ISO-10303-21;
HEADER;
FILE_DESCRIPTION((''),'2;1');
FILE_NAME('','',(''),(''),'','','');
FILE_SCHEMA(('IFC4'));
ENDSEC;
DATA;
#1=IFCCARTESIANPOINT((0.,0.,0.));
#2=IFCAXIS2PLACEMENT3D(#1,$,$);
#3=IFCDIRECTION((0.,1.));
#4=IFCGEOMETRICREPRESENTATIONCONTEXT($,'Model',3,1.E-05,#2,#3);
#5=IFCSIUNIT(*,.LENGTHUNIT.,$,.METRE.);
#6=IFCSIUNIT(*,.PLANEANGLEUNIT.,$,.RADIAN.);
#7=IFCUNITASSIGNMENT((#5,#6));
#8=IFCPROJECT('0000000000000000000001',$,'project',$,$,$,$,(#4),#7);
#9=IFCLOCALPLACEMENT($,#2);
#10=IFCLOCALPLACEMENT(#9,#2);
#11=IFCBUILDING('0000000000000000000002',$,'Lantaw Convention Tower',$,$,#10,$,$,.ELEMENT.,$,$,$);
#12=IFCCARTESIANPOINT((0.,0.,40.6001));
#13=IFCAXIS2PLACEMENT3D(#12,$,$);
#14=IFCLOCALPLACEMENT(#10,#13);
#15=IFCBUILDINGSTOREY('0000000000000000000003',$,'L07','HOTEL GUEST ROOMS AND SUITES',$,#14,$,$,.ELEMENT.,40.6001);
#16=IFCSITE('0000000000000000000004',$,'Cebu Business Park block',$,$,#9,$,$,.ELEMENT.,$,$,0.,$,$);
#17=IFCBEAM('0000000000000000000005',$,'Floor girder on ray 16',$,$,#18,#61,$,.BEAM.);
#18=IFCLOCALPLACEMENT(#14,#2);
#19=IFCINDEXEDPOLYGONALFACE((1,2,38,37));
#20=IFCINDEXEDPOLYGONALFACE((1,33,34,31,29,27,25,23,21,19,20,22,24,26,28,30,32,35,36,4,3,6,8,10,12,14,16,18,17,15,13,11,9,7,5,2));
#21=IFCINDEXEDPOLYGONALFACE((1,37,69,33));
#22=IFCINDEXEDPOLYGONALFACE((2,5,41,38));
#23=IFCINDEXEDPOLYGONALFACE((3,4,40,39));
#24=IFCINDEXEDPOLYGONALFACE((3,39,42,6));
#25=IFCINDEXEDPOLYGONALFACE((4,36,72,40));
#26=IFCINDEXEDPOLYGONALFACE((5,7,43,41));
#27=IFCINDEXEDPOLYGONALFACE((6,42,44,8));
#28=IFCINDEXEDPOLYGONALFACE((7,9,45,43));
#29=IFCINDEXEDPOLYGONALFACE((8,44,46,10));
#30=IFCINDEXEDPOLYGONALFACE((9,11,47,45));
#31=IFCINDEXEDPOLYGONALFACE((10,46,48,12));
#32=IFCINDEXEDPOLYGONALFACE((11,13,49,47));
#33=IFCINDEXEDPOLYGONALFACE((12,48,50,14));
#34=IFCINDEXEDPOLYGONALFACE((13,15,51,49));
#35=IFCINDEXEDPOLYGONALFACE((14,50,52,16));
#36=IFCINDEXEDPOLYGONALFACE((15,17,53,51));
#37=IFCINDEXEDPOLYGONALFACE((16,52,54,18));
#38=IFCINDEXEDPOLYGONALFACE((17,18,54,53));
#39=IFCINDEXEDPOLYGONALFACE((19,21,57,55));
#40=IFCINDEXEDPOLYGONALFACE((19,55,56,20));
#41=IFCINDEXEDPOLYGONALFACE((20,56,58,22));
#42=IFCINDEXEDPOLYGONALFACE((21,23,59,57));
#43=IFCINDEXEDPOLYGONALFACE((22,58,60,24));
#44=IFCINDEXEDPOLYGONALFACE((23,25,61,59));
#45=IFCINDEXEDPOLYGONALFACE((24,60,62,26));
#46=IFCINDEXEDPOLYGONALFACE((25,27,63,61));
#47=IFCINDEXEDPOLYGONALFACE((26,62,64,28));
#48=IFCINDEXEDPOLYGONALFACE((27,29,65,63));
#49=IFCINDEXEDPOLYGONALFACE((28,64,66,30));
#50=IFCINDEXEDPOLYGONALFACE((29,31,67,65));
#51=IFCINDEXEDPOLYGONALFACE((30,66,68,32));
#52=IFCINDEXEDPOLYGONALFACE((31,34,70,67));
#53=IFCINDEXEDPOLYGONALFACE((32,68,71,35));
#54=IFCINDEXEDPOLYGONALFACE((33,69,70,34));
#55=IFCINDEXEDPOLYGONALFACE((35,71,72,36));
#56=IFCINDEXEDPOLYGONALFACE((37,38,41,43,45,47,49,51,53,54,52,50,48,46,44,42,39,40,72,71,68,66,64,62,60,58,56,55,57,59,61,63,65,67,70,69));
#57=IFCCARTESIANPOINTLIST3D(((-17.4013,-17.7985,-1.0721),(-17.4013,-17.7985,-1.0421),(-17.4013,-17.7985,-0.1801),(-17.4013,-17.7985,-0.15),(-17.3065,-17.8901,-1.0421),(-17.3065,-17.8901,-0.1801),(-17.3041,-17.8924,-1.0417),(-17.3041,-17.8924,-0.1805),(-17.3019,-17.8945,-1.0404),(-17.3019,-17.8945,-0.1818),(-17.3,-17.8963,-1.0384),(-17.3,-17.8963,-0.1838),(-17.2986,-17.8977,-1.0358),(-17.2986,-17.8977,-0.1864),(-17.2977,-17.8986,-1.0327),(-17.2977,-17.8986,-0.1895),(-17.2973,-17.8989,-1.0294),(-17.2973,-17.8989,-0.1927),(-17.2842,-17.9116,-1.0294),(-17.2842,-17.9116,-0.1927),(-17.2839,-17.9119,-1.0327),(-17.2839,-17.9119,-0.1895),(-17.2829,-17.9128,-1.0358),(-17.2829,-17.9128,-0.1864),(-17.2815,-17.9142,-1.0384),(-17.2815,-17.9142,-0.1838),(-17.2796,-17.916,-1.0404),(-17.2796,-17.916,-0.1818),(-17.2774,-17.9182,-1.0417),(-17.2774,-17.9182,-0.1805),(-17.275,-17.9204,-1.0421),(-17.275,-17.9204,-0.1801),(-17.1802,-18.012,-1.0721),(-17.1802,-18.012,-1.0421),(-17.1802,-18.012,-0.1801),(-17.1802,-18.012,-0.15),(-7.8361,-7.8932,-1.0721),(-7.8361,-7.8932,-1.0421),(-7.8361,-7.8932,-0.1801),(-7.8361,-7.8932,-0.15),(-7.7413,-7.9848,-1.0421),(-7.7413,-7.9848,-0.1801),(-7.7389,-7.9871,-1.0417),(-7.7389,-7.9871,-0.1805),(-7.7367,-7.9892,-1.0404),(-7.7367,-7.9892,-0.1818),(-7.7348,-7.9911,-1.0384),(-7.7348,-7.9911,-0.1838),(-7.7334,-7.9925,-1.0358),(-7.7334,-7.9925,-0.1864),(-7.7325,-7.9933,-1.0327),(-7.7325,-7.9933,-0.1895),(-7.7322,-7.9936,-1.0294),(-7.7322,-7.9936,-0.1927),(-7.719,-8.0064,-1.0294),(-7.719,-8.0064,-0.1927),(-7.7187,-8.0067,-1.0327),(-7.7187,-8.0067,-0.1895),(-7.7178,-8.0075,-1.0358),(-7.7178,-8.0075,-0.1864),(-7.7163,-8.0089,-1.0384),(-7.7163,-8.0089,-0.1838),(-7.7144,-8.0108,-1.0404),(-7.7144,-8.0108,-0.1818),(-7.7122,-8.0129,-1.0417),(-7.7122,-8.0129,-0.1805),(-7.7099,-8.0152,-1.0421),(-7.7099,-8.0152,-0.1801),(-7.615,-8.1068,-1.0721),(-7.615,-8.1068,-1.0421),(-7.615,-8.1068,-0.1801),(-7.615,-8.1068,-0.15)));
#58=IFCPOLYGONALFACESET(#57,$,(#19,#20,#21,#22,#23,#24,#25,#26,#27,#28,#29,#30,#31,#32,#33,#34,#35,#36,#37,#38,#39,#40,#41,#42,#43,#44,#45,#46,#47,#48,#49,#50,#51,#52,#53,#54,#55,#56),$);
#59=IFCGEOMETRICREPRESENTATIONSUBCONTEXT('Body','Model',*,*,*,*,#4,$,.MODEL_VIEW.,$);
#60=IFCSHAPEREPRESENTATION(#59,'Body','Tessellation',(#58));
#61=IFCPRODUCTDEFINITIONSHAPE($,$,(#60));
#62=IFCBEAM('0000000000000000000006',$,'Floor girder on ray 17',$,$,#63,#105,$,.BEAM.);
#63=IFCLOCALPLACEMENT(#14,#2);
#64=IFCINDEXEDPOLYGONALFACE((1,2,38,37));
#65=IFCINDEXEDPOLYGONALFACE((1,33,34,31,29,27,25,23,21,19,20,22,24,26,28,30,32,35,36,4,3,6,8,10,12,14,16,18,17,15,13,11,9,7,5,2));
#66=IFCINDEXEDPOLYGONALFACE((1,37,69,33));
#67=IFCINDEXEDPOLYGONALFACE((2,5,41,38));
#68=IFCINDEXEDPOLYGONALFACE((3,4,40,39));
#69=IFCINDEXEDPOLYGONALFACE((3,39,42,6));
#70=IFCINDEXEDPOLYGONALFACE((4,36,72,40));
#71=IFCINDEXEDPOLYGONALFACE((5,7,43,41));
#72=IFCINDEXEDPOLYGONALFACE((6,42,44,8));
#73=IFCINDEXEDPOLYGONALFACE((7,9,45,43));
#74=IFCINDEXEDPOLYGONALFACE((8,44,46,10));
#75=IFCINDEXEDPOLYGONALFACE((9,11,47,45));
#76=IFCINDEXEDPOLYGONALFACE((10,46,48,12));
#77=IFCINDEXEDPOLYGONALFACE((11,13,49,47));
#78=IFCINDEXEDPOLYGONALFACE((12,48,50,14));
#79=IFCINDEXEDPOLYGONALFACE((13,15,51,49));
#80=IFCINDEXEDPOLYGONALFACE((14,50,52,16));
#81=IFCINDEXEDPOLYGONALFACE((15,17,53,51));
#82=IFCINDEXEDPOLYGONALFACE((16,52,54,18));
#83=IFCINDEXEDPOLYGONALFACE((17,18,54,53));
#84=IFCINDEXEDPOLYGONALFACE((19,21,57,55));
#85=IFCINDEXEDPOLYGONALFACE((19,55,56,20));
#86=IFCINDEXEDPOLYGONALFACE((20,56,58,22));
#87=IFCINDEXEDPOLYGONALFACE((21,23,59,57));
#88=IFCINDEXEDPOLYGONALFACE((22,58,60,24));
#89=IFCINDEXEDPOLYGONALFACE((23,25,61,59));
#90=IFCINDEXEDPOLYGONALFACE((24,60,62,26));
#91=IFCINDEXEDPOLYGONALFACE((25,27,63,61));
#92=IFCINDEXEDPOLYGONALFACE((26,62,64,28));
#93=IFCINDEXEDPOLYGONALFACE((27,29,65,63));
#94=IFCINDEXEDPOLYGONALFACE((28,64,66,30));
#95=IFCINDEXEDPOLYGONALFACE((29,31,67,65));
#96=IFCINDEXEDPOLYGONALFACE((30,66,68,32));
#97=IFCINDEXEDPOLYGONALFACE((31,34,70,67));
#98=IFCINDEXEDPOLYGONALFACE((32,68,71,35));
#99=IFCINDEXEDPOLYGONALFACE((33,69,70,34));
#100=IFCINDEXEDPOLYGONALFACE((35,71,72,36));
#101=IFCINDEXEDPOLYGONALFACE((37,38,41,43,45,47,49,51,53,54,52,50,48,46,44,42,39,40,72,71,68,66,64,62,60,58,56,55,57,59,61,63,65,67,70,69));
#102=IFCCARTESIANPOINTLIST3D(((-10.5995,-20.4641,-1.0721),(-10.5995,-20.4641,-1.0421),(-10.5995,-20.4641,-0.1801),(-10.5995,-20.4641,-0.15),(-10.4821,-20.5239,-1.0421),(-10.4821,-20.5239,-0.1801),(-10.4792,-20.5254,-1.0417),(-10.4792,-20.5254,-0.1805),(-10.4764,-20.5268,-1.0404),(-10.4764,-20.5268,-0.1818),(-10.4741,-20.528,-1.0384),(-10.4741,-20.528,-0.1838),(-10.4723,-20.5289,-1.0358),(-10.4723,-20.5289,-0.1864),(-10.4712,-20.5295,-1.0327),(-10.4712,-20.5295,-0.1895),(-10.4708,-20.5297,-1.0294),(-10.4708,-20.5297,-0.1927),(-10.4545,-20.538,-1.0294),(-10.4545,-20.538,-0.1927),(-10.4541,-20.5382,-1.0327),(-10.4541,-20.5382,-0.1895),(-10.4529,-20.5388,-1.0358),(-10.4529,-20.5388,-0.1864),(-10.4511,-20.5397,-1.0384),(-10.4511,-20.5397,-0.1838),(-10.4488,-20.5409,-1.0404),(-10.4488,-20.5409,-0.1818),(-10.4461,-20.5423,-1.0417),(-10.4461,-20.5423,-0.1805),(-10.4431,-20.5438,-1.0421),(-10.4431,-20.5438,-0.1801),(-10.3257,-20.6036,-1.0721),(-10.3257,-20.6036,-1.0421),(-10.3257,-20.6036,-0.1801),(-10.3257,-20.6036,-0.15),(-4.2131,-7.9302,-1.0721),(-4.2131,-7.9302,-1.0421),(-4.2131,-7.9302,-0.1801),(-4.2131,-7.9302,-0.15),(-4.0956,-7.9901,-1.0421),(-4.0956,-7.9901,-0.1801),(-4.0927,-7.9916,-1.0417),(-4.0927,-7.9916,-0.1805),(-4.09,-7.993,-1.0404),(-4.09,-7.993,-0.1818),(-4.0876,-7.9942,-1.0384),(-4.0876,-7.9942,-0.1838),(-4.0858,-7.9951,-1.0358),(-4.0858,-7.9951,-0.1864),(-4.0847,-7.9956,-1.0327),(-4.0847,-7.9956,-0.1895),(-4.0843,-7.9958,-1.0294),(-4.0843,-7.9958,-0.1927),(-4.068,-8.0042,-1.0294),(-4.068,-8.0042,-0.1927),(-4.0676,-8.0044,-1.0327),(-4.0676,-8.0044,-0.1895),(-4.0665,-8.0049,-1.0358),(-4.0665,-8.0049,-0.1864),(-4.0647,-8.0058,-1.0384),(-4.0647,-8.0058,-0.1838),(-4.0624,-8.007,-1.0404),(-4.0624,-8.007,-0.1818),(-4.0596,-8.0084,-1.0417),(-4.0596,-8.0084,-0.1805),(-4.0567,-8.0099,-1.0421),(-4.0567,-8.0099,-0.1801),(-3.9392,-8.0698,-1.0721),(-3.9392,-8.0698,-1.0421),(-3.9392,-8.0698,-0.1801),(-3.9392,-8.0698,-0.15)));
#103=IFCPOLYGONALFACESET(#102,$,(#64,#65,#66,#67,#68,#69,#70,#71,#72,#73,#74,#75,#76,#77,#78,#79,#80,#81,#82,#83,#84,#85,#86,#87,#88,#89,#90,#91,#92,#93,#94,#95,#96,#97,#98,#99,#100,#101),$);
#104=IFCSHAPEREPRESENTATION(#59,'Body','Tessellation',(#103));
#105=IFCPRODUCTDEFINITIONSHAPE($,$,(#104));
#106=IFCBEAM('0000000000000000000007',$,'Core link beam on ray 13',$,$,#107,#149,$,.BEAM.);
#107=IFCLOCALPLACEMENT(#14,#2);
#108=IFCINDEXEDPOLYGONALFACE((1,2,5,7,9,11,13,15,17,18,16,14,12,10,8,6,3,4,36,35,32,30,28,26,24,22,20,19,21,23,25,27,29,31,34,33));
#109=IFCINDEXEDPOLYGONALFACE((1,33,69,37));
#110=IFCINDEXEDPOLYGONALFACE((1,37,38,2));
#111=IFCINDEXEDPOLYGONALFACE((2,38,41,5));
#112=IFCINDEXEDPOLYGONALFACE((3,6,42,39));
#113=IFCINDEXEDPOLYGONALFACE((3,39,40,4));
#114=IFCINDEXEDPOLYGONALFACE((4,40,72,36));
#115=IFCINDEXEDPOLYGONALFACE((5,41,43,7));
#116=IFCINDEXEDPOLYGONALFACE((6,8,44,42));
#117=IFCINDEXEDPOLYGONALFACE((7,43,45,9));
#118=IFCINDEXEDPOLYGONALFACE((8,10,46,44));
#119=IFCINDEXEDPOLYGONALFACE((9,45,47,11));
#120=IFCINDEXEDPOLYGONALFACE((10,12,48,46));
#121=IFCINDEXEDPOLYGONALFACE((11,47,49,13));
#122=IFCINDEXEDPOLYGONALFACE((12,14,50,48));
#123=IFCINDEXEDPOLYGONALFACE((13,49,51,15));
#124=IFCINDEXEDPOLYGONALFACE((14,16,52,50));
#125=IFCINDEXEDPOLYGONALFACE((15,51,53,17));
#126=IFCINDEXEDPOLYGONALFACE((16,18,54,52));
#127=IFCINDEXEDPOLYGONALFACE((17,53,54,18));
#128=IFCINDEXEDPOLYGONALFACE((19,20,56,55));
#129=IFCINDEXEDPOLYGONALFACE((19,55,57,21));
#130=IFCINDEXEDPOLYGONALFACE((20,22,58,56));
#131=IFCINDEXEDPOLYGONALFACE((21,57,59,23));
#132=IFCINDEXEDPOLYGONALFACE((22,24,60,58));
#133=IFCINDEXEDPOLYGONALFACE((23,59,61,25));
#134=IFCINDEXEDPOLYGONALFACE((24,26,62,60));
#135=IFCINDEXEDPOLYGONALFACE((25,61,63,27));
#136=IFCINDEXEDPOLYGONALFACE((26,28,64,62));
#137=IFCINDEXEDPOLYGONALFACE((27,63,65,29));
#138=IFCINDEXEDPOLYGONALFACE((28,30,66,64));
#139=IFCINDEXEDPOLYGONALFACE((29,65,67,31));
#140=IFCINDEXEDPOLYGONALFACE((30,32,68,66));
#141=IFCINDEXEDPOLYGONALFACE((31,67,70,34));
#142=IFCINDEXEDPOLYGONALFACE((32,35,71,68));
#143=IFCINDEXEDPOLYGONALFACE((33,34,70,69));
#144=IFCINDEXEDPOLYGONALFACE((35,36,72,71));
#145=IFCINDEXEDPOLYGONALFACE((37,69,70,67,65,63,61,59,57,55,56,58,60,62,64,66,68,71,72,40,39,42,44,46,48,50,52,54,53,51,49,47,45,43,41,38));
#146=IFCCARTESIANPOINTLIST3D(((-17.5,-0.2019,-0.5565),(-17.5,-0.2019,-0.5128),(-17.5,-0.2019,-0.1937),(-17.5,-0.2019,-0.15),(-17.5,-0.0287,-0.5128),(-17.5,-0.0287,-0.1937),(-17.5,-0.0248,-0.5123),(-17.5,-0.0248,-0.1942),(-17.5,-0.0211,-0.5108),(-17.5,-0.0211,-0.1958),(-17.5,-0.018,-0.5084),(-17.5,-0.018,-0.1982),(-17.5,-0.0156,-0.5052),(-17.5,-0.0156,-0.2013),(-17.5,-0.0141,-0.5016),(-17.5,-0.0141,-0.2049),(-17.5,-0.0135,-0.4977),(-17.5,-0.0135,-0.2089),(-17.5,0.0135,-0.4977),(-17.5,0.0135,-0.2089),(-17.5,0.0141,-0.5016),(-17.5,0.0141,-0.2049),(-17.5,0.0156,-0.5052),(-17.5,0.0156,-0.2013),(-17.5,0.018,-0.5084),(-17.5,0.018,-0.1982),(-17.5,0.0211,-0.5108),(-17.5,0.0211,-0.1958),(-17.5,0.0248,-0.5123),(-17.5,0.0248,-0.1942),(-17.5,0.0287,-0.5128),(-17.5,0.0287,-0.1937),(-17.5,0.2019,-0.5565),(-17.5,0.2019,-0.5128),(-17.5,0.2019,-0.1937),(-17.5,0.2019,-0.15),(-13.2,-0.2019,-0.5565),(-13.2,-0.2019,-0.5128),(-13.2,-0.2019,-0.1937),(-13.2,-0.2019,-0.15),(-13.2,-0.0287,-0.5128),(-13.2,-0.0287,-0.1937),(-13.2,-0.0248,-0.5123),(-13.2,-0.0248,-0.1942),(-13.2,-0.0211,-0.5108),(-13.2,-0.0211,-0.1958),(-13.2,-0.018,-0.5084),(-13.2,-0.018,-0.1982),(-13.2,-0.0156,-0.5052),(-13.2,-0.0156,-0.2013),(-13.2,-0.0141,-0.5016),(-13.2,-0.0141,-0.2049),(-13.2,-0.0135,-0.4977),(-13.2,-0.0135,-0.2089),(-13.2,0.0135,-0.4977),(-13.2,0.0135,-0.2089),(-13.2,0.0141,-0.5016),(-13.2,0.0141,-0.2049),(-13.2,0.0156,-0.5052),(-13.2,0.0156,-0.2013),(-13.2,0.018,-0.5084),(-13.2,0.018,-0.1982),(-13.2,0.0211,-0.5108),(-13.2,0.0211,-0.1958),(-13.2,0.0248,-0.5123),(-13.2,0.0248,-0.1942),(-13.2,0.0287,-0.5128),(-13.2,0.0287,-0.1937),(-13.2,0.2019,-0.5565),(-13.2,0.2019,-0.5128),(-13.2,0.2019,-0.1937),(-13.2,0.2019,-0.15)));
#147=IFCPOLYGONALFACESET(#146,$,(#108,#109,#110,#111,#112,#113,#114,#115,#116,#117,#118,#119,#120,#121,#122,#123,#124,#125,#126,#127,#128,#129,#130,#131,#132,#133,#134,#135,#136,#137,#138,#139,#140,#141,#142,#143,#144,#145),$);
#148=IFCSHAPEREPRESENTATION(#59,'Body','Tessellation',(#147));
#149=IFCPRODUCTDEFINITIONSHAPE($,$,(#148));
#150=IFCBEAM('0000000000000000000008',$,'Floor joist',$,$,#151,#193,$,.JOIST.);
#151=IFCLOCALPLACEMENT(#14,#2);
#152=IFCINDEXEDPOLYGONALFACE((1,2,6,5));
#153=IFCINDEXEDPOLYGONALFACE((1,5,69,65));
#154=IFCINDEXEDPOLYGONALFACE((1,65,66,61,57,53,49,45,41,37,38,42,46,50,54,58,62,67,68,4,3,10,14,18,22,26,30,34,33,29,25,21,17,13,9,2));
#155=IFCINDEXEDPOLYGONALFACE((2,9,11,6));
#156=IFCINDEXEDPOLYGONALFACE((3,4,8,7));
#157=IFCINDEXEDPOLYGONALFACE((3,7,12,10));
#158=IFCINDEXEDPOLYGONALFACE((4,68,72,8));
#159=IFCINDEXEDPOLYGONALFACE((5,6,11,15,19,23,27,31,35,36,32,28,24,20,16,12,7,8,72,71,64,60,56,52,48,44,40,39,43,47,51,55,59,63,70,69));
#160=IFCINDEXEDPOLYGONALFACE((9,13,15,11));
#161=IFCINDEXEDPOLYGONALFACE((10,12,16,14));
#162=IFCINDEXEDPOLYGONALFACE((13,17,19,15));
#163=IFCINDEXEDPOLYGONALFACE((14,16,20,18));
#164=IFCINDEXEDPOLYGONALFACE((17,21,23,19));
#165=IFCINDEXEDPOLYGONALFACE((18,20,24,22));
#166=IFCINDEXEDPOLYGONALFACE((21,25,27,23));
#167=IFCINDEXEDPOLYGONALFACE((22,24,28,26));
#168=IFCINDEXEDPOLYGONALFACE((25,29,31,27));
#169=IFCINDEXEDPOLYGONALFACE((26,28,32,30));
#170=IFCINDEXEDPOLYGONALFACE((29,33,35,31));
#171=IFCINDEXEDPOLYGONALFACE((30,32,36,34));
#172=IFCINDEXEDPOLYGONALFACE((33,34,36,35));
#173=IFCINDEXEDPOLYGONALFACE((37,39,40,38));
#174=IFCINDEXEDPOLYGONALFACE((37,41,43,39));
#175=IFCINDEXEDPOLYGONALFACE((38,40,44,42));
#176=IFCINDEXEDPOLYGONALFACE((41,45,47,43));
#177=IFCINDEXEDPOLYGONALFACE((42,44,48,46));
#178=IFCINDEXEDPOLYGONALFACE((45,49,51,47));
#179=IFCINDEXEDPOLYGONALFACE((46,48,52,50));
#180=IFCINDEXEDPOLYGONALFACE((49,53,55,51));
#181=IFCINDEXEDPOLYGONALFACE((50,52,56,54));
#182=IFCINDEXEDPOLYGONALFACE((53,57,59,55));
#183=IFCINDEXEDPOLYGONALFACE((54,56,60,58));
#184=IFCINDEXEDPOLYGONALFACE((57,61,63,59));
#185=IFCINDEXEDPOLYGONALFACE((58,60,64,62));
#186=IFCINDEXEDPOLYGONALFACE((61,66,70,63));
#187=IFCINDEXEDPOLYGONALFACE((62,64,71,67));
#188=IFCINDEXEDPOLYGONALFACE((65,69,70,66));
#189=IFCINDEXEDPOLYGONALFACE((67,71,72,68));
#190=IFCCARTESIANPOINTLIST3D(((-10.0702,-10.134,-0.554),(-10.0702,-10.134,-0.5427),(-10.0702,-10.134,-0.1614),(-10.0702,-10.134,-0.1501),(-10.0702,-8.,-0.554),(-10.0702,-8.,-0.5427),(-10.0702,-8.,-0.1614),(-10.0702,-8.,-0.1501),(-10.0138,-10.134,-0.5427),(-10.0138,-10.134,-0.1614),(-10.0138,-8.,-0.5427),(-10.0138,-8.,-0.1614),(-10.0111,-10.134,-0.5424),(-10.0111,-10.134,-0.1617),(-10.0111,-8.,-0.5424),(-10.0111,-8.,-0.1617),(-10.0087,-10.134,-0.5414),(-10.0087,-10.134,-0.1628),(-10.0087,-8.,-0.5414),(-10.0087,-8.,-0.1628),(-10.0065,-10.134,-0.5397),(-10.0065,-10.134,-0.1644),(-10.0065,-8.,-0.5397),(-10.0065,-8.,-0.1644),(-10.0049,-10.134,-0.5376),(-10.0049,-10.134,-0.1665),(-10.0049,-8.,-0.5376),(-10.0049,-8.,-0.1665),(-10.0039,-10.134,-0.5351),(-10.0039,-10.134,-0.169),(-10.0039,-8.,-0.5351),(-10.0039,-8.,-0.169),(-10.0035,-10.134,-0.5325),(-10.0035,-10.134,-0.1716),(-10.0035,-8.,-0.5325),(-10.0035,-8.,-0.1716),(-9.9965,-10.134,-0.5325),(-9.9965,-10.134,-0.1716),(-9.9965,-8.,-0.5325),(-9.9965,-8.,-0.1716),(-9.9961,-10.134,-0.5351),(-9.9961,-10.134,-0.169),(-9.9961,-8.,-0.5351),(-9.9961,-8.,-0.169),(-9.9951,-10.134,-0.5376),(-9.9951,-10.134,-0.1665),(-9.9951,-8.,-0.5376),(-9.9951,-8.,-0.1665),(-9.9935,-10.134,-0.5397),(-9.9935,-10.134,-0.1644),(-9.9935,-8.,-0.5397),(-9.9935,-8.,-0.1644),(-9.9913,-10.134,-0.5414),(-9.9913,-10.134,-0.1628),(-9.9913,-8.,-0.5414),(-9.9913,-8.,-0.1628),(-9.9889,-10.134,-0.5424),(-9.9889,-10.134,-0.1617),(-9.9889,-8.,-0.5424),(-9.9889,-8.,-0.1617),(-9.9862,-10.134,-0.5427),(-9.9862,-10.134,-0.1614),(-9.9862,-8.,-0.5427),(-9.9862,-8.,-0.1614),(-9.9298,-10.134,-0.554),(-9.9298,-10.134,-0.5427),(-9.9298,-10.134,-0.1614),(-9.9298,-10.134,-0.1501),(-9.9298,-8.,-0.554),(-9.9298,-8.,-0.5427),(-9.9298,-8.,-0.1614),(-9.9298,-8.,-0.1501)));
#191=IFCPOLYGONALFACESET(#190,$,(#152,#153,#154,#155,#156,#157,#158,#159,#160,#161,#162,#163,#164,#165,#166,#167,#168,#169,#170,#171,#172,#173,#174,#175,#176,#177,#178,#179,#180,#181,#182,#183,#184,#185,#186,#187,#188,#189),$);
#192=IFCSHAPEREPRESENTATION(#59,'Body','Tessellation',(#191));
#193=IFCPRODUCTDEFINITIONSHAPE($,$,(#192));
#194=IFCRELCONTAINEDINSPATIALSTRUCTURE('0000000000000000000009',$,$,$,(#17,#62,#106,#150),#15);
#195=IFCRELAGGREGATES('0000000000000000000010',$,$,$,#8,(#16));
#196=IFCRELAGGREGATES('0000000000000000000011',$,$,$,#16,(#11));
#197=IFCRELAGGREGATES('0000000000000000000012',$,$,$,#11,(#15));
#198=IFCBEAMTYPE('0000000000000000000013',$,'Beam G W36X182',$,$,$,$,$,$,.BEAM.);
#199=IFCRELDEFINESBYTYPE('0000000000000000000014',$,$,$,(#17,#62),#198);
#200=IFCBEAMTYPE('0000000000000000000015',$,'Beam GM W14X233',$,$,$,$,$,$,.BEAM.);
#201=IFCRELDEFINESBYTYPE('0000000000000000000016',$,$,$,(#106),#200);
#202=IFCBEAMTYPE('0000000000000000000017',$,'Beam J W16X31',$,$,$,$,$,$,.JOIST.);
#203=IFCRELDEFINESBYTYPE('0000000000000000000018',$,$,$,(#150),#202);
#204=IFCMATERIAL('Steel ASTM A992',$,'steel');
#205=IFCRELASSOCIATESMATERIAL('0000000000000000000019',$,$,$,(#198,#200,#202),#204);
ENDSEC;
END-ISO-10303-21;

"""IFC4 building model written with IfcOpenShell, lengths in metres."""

from ifc_helpers import new_model, si_unit, direction, frame, origin, origin_2d, place, context, subcontext, project, spatial, i_section, extrude, material, material_profile, profile_set, type_object, element, save


model = new_model("IFC4")

# Units and contexts
model_context = context("Model", 3, precision=1e-05, world=origin(), true_north=direction((0.0, 1.0)))
body_context = subcontext(model_context, "Body", "Model", "MODEL_VIEW")
ifc_project = project(units=[si_unit("LENGTHUNIT", "METRE"), si_unit("PLANEANGLEUNIT", "RADIAN")], contexts=[model_context])

# Site, building, storey
site_placement = place(None, origin())
site = spatial("IfcSite", under=ifc_project, at=site_placement, Name="Cebu Business Park block", CompositionType="ELEMENT", RefElevation=0.0)
building_placement = place(site_placement, origin())
building = spatial("IfcBuilding", under=site, at=building_placement, Name="Lantaw Convention Tower", CompositionType="ELEMENT")
storey_placement = place(building_placement, frame((0.0, 0.0, 40.6001)))
storey = spatial("IfcBuildingStorey", under=building, at=storey_placement, Name="L07", Description="HOTEL GUEST ROOMS AND SUITES", CompositionType="ELEMENT", Elevation=40.6001)

# Beams
ifc_material_1 = material(Name="Steel ASTM A992", Category="steel")
ifc_material_profile_1 = material_profile(ifc_material_1, i_section(OverallWidth=0.3074, OverallDepth=0.9221, WebThickness=0.0183, FlangeThickness=0.03, FilletRadius=0.0127, at=origin_2d()), Name="W36X182")
ifc_profile_set_1 = profile_set([ifc_material_profile_1], Name="Steel ASTM A992")
beam_type_1 = type_object("IfcBeamType", Name="Beam G W36X182", PredefinedType="BEAM", material=ifc_profile_set_1)
beam_1_placement = place(storey_placement, frame((-7.7256, -8.0, -0.6111), z_axis=(-0.69465, -0.719348, 0.0), x_axis=(0.719348, -0.69465, 0.0)))
element("IfcBeam", 1, at=beam_1_placement, inside=storey, type_object=beam_type_1, Name="Floor girder on ray 16", PredefinedType="BEAM", context=body_context, shape_type="SweptSolid", body=[
    extrude(i_section(OverallWidth=0.3074, OverallDepth=0.9221, WebThickness=0.0183, FlangeThickness=0.03, FilletRadius=0.0127, at=origin_2d()), origin(), (0.0, 0.0, 1.0), 13.7698),
])
beam_2_placement = place(storey_placement, frame((-4.0762, -8.0, -0.6111), z_axis=(-0.453997, -0.891003, 0.0), x_axis=(0.891003, -0.453997, 0.0)))
element("IfcBeam", 2, at=beam_2_placement, inside=storey, type_object=beam_type_1, Name="Floor girder on ray 17", PredefinedType="BEAM", context=body_context, shape_type="SweptSolid", body=[
    extrude(i_section(OverallWidth=0.3074, OverallDepth=0.9221, WebThickness=0.0183, FlangeThickness=0.03, FilletRadius=0.0127, at=origin_2d()), origin(), (0.0, 0.0, 1.0), 14.0671),
])
ifc_material_profile_2 = material_profile(ifc_material_1, i_section(OverallWidth=0.4038, OverallDepth=0.4065, WebThickness=0.0271, FlangeThickness=0.0437, FilletRadius=0.0151, at=origin_2d()), Name="W14X233")
ifc_profile_set_2 = profile_set([ifc_material_profile_2], Name="Steel ASTM A992")
beam_type_2 = type_object("IfcBeamType", Name="Beam GM W14X233", PredefinedType="BEAM", material=ifc_profile_set_2)
beam_3_placement = place(storey_placement, frame((-13.2, 0.0, -0.3533), z_axis=(-1.0, 0.0, 0.0), x_axis=(0.0, -1.0, 0.0)))
element("IfcBeam", 3, at=beam_3_placement, inside=storey, type_object=beam_type_2, Name="Core link beam on ray 13", PredefinedType="BEAM", context=body_context, shape_type="SweptSolid", body=[
    extrude(i_section(OverallWidth=0.4038, OverallDepth=0.4065, WebThickness=0.0271, FlangeThickness=0.0437, FilletRadius=0.0151, at=origin_2d()), origin(), (0.0, 0.0, 1.0), 4.3),
])
ifc_material_profile_3 = material_profile(ifc_material_1, i_section(OverallWidth=0.1404, OverallDepth=0.4038, WebThickness=0.0071, FlangeThickness=0.0112, FilletRadius=0.0103, at=origin_2d()), Name="W16X31")
ifc_profile_set_3 = profile_set([ifc_material_profile_3], Name="Steel ASTM A992")
beam_type_3 = type_object("IfcBeamType", Name="Beam J W16X31", PredefinedType="JOIST", material=ifc_profile_set_3)
beam_4_placement = place(storey_placement, frame((-10.0, -10.134, -0.3521), z_axis=(0.0, 1.0, 0.0), x_axis=(-1.0, 0.0, 0.0)))
element("IfcBeam", 4, at=beam_4_placement, inside=storey, type_object=beam_type_3, Name="Floor joist", PredefinedType="JOIST", context=body_context, shape_type="SweptSolid", body=[
    extrude(i_section(OverallWidth=0.1404, OverallDepth=0.4038, WebThickness=0.0071, FlangeThickness=0.0112, FilletRadius=0.0103, at=origin_2d()), origin(), (0.0, 0.0, 1.0), 2.134),
])

save(model, "model.ifc")
